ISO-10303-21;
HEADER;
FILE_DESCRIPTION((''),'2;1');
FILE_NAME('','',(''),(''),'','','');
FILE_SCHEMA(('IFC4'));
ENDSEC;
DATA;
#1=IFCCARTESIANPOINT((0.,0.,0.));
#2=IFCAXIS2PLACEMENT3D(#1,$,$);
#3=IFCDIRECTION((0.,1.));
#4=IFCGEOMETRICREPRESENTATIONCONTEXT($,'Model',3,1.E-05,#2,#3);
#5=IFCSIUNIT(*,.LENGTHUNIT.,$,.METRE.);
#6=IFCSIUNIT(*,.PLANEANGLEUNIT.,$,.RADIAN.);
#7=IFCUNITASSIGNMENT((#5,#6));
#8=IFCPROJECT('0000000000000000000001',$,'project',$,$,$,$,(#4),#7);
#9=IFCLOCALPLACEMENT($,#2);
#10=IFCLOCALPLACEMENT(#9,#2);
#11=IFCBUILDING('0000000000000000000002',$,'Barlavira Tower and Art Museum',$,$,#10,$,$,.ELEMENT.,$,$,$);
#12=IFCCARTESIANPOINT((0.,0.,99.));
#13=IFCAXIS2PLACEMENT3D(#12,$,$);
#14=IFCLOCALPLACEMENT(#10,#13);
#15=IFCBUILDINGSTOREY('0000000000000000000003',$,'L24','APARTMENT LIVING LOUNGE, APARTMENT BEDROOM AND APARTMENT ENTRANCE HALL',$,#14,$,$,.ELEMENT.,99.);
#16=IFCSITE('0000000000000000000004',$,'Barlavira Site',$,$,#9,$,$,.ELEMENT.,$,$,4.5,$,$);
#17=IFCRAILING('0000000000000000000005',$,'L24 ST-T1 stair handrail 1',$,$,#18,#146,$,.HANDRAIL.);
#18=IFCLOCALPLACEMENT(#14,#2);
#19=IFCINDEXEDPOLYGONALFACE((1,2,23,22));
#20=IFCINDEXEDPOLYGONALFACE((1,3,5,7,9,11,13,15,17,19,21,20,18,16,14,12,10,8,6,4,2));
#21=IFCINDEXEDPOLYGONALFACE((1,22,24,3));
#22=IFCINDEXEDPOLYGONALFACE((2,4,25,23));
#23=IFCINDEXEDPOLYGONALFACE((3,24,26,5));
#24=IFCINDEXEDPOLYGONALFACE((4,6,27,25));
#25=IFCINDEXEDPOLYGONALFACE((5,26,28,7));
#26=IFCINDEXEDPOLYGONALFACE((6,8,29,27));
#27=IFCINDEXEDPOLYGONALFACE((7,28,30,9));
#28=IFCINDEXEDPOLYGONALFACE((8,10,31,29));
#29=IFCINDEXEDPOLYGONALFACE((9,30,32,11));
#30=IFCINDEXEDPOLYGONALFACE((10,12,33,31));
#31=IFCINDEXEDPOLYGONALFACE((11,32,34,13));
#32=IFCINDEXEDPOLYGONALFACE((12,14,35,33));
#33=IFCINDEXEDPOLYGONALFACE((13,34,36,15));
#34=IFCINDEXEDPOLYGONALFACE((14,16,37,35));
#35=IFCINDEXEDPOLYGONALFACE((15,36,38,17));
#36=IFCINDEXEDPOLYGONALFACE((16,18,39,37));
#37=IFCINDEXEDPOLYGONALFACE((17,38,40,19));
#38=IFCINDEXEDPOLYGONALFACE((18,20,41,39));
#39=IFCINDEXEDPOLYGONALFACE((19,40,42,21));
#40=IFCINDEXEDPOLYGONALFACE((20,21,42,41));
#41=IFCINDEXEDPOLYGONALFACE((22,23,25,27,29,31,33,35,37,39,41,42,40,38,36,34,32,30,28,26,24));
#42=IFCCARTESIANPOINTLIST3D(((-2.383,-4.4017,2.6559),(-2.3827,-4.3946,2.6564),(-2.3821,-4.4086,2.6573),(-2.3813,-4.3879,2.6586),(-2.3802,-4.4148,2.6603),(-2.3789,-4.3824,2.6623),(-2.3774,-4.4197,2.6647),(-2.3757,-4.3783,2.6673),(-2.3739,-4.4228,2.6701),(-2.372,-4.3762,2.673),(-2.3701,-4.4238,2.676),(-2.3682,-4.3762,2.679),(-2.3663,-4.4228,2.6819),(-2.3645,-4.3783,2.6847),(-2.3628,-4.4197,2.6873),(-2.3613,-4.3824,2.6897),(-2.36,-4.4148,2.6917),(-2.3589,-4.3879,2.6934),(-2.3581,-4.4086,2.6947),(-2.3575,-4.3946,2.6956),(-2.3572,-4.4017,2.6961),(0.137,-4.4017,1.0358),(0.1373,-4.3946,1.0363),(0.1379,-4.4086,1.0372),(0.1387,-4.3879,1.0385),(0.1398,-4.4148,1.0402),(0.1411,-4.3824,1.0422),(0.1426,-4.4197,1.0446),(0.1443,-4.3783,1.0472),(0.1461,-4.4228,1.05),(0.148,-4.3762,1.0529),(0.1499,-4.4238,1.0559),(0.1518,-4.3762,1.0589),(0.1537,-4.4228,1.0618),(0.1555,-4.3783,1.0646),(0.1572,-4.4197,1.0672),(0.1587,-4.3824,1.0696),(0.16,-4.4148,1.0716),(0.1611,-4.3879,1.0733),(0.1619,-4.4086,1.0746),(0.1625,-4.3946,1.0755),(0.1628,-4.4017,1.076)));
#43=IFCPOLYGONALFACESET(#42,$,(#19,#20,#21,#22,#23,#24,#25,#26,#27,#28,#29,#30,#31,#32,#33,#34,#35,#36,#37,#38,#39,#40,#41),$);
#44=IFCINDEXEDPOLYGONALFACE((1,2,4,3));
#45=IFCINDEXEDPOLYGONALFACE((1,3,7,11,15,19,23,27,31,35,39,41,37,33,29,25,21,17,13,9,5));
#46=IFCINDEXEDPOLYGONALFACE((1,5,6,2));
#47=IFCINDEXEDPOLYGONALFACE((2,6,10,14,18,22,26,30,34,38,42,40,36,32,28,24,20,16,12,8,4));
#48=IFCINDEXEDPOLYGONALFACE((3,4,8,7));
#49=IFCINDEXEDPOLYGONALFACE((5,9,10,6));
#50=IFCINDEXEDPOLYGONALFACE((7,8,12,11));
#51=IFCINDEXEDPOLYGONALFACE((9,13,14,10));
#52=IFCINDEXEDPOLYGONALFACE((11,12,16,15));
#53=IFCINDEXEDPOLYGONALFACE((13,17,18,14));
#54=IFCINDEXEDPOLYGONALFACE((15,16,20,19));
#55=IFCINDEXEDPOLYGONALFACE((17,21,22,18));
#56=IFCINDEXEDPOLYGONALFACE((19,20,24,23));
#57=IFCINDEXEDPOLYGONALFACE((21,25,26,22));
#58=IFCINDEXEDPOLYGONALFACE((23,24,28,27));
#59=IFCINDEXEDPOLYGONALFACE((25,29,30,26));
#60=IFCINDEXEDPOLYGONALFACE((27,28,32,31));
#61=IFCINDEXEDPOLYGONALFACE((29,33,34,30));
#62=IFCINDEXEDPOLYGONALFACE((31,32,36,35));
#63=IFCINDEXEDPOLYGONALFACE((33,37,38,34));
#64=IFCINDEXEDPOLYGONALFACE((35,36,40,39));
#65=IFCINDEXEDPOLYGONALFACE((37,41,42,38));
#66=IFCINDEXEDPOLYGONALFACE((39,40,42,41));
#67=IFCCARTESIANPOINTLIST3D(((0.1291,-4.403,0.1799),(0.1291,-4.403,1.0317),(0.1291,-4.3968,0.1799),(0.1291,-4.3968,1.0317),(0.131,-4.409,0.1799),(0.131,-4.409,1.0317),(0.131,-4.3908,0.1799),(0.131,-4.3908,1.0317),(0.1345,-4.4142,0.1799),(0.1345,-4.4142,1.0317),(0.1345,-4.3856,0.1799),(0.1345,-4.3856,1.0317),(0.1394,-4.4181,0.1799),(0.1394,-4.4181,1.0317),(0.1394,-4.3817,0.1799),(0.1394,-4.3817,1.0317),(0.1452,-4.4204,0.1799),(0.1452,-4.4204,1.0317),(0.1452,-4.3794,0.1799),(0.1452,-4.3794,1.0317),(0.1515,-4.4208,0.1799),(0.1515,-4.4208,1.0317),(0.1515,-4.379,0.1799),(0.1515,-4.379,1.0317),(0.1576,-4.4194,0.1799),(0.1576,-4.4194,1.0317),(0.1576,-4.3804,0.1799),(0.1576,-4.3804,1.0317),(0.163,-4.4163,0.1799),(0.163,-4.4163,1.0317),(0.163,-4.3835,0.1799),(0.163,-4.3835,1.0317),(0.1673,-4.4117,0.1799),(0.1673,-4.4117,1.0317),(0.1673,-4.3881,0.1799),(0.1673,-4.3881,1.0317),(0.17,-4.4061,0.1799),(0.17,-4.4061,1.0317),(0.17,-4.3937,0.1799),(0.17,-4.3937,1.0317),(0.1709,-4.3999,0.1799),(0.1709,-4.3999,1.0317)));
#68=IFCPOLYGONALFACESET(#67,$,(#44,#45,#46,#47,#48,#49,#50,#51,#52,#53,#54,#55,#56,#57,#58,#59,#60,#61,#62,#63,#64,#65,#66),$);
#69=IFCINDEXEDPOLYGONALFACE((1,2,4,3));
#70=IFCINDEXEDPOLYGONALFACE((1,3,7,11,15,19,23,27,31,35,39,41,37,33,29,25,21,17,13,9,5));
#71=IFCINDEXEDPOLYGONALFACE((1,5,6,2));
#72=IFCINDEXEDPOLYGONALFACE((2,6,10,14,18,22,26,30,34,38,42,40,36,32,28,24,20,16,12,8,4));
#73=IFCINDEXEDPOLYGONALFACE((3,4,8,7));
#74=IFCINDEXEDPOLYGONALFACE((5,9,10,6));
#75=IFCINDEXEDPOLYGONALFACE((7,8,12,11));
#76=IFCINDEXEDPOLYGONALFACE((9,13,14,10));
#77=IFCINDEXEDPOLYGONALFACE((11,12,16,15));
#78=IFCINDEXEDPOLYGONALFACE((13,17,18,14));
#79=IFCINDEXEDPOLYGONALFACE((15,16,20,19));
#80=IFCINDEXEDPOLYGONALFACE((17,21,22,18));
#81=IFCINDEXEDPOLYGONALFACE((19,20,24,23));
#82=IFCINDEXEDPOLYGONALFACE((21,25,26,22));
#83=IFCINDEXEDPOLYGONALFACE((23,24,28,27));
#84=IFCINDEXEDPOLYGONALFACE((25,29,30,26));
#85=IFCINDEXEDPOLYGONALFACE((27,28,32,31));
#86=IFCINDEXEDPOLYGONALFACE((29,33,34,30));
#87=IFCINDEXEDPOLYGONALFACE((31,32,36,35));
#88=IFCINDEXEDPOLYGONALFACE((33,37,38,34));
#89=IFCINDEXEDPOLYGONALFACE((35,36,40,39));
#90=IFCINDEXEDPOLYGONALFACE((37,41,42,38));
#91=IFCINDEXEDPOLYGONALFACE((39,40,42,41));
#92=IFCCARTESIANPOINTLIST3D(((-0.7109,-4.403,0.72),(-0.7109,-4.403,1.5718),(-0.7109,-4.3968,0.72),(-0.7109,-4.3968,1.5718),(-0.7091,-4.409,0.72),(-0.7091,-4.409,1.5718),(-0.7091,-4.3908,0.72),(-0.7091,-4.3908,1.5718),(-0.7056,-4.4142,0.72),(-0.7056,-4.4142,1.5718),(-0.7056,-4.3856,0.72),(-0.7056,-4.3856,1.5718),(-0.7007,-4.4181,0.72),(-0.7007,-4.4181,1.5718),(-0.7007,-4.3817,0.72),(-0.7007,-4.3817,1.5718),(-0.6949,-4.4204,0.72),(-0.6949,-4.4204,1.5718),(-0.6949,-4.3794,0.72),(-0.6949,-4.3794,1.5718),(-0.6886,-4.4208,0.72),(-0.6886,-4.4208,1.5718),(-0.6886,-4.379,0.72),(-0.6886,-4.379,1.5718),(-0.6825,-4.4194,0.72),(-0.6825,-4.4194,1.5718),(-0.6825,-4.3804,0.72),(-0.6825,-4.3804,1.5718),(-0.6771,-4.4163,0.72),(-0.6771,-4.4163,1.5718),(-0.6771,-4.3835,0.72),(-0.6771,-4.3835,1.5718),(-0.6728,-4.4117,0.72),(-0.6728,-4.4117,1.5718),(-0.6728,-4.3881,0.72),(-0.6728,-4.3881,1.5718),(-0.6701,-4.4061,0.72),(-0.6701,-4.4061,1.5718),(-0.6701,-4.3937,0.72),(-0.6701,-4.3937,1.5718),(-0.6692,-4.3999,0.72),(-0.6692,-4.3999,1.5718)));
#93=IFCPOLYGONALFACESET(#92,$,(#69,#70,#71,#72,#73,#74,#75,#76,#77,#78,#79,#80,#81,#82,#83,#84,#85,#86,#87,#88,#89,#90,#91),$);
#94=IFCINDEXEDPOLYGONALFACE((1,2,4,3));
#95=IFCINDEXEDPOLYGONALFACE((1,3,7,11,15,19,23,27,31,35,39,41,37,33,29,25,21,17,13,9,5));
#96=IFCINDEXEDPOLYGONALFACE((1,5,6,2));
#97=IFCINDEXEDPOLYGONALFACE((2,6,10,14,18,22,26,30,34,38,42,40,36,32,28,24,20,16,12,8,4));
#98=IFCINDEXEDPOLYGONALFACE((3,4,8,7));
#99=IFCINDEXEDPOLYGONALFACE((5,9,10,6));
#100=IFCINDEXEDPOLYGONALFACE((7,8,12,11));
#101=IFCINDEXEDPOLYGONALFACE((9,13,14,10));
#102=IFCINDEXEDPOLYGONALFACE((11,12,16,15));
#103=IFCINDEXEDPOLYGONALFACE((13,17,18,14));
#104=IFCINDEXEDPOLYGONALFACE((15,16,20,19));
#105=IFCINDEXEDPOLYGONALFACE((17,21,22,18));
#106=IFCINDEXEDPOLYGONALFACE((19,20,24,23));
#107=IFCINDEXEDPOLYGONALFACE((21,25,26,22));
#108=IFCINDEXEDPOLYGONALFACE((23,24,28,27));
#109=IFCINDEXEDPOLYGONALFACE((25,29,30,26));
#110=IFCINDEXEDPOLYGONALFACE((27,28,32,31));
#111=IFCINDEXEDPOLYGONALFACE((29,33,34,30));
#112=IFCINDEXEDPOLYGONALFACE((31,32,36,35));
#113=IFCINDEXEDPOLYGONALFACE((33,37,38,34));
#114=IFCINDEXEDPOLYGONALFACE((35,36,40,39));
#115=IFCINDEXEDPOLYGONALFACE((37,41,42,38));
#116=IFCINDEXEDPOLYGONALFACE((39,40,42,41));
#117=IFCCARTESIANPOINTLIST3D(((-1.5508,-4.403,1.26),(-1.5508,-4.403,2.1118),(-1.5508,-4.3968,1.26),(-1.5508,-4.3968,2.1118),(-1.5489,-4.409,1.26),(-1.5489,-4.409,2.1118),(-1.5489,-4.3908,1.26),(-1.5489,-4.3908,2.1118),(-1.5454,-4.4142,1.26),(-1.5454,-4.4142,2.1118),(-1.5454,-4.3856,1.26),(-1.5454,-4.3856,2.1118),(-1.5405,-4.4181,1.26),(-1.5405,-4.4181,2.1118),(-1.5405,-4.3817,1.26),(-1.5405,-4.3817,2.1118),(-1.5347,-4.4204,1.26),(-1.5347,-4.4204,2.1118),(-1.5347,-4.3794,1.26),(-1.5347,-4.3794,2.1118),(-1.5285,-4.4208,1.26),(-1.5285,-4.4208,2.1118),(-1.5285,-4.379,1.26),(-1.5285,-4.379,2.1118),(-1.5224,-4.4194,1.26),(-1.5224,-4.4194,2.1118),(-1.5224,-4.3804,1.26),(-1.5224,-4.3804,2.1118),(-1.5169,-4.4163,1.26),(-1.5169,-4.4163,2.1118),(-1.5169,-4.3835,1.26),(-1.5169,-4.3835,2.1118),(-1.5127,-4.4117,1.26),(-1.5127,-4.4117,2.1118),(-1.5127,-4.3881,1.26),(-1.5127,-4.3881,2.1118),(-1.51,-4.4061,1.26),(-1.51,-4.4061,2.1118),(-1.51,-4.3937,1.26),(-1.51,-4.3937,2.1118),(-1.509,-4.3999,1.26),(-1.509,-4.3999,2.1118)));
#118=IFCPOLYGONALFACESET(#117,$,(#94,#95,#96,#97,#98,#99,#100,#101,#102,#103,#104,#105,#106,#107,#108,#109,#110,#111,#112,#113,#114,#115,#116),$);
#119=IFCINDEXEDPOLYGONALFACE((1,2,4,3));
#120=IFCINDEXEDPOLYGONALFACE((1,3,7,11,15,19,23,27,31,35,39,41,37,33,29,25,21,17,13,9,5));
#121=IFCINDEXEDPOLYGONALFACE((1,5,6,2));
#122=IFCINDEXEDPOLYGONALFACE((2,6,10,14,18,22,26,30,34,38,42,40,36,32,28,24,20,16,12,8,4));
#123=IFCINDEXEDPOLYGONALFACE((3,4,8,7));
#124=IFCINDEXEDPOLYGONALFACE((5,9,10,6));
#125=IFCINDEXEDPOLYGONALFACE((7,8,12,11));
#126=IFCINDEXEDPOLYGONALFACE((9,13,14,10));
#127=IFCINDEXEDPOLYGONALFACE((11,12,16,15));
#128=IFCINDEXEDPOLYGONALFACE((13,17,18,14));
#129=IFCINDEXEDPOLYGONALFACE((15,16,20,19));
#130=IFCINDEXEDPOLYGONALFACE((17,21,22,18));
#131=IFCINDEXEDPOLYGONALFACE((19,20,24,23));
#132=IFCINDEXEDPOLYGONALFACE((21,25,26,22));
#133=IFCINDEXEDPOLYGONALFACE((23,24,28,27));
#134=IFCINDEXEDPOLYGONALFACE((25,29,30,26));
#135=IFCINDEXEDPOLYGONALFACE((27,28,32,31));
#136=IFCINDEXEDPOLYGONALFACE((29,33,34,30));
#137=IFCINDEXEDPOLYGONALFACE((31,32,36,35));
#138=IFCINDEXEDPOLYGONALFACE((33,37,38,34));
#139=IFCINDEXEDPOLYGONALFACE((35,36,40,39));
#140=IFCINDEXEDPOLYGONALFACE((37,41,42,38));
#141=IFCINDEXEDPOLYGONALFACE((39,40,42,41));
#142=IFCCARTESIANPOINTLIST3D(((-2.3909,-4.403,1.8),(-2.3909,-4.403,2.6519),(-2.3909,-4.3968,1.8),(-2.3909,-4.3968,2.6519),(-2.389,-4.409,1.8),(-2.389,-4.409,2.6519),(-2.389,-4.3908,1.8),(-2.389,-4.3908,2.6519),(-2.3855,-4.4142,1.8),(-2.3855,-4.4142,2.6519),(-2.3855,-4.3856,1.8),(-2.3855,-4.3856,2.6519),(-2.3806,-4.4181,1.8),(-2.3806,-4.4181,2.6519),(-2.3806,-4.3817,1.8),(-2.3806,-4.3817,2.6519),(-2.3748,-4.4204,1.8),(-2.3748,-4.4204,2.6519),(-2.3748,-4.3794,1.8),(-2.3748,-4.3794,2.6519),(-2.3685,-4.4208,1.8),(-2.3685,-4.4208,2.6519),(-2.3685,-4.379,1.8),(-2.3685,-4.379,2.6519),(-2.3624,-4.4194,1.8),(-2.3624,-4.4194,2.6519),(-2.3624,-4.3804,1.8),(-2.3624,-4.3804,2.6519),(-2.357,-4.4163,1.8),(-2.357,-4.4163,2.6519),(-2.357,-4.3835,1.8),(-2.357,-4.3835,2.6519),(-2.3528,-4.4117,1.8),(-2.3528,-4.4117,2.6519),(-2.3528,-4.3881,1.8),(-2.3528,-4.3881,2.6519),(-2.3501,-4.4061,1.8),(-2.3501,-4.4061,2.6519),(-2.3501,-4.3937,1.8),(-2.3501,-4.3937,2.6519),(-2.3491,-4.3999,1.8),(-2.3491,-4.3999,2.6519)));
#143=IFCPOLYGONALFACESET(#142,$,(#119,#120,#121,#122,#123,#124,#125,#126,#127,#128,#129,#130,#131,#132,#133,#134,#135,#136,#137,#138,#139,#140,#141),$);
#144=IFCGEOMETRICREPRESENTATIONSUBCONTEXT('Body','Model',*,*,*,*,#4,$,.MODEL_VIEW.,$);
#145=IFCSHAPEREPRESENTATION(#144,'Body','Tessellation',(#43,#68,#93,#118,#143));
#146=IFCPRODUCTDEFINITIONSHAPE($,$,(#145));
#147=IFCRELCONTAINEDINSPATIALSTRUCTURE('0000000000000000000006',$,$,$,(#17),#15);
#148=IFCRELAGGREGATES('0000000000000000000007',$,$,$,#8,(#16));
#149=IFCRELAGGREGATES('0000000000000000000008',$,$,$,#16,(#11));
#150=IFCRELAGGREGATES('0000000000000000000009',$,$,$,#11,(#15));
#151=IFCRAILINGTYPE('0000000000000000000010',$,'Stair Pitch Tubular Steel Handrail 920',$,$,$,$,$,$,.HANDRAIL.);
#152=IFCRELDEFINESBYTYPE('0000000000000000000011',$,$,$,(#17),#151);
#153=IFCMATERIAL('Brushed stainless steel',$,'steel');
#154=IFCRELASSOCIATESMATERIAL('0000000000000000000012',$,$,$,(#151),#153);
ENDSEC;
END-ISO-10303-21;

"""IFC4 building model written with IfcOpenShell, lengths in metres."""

from ifc_helpers import new_model, si_unit, direction, frame, origin, origin_2d, place, context, subcontext, project, spatial, circle, extrude, material, type_object, element, save


model = new_model("IFC4")

# Units and contexts
model_context = context("Model", 3, precision=1e-05, world=origin(), true_north=direction((0.0, 1.0)))
body_context = subcontext(model_context, "Body", "Model", "MODEL_VIEW")
ifc_project = project(units=[si_unit("LENGTHUNIT", "METRE"), si_unit("PLANEANGLEUNIT", "RADIAN")], contexts=[model_context])

# Site, building, storey
site_placement = place(None, origin())
site = spatial("IfcSite", under=ifc_project, at=site_placement, Name="Barlavira Site", CompositionType="ELEMENT", RefElevation=4.5)
building_placement = place(site_placement, origin())
building = spatial("IfcBuilding", under=site, at=building_placement, Name="Barlavira Tower and Art Museum", CompositionType="ELEMENT")
storey_placement = place(building_placement, frame((0.0, 0.0, 99.0)))
storey = spatial("IfcBuildingStorey", under=building, at=storey_placement, Name="L24", Description="APARTMENT LIVING LOUNGE, APARTMENT BEDROOM AND APARTMENT ENTRANCE HALL", CompositionType="ELEMENT", Elevation=99.0)

# Shared definitions
ifc_material_1 = material(Name="Brushed stainless steel", Category="steel")

# Railing
railing_type_1 = type_object("IfcRailingType", Name="Stair Pitch Tubular Steel Handrail 920", PredefinedType="HANDRAIL", material=ifc_material_1)
railing_1_placement = place(storey_placement, frame((0.1499, -4.3999, 0.1799)))
element("IfcRailing", 1, at=railing_1_placement, inside=storey, type_object=railing_type_1, Name="L24 ST-T1 stair handrail 1", PredefinedType="HANDRAIL", context=body_context, shape_type="SweptSolid", body=[
    extrude(circle(Radius=0.0239, at=origin_2d()), frame((0.0, 0.0, 0.876), z_axis=(-0.841163, 0.0, 0.540782), x_axis=(0.0, -1.0, 0.0)), (0.0, 0.0, 1.0), 2.9958),
    extrude(circle(Radius=0.021, at=origin_2d()), origin(), (0.0, 0.0, 1.0), 0.8518),
    extrude(circle(Radius=0.021, at=origin_2d()), frame((-0.8401, 0.0, 0.54)), (0.0, 0.0, 1.0), 0.8518),
    extrude(circle(Radius=0.021, at=origin_2d()), frame((-1.6799, 0.0, 1.0801)), (0.0, 0.0, 1.0), 0.8518),
    extrude(circle(Radius=0.021, at=origin_2d()), frame((-2.52, 0.0, 1.6201)), (0.0, 0.0, 1.0), 0.8518),
])

save(model, "model.ifc")
